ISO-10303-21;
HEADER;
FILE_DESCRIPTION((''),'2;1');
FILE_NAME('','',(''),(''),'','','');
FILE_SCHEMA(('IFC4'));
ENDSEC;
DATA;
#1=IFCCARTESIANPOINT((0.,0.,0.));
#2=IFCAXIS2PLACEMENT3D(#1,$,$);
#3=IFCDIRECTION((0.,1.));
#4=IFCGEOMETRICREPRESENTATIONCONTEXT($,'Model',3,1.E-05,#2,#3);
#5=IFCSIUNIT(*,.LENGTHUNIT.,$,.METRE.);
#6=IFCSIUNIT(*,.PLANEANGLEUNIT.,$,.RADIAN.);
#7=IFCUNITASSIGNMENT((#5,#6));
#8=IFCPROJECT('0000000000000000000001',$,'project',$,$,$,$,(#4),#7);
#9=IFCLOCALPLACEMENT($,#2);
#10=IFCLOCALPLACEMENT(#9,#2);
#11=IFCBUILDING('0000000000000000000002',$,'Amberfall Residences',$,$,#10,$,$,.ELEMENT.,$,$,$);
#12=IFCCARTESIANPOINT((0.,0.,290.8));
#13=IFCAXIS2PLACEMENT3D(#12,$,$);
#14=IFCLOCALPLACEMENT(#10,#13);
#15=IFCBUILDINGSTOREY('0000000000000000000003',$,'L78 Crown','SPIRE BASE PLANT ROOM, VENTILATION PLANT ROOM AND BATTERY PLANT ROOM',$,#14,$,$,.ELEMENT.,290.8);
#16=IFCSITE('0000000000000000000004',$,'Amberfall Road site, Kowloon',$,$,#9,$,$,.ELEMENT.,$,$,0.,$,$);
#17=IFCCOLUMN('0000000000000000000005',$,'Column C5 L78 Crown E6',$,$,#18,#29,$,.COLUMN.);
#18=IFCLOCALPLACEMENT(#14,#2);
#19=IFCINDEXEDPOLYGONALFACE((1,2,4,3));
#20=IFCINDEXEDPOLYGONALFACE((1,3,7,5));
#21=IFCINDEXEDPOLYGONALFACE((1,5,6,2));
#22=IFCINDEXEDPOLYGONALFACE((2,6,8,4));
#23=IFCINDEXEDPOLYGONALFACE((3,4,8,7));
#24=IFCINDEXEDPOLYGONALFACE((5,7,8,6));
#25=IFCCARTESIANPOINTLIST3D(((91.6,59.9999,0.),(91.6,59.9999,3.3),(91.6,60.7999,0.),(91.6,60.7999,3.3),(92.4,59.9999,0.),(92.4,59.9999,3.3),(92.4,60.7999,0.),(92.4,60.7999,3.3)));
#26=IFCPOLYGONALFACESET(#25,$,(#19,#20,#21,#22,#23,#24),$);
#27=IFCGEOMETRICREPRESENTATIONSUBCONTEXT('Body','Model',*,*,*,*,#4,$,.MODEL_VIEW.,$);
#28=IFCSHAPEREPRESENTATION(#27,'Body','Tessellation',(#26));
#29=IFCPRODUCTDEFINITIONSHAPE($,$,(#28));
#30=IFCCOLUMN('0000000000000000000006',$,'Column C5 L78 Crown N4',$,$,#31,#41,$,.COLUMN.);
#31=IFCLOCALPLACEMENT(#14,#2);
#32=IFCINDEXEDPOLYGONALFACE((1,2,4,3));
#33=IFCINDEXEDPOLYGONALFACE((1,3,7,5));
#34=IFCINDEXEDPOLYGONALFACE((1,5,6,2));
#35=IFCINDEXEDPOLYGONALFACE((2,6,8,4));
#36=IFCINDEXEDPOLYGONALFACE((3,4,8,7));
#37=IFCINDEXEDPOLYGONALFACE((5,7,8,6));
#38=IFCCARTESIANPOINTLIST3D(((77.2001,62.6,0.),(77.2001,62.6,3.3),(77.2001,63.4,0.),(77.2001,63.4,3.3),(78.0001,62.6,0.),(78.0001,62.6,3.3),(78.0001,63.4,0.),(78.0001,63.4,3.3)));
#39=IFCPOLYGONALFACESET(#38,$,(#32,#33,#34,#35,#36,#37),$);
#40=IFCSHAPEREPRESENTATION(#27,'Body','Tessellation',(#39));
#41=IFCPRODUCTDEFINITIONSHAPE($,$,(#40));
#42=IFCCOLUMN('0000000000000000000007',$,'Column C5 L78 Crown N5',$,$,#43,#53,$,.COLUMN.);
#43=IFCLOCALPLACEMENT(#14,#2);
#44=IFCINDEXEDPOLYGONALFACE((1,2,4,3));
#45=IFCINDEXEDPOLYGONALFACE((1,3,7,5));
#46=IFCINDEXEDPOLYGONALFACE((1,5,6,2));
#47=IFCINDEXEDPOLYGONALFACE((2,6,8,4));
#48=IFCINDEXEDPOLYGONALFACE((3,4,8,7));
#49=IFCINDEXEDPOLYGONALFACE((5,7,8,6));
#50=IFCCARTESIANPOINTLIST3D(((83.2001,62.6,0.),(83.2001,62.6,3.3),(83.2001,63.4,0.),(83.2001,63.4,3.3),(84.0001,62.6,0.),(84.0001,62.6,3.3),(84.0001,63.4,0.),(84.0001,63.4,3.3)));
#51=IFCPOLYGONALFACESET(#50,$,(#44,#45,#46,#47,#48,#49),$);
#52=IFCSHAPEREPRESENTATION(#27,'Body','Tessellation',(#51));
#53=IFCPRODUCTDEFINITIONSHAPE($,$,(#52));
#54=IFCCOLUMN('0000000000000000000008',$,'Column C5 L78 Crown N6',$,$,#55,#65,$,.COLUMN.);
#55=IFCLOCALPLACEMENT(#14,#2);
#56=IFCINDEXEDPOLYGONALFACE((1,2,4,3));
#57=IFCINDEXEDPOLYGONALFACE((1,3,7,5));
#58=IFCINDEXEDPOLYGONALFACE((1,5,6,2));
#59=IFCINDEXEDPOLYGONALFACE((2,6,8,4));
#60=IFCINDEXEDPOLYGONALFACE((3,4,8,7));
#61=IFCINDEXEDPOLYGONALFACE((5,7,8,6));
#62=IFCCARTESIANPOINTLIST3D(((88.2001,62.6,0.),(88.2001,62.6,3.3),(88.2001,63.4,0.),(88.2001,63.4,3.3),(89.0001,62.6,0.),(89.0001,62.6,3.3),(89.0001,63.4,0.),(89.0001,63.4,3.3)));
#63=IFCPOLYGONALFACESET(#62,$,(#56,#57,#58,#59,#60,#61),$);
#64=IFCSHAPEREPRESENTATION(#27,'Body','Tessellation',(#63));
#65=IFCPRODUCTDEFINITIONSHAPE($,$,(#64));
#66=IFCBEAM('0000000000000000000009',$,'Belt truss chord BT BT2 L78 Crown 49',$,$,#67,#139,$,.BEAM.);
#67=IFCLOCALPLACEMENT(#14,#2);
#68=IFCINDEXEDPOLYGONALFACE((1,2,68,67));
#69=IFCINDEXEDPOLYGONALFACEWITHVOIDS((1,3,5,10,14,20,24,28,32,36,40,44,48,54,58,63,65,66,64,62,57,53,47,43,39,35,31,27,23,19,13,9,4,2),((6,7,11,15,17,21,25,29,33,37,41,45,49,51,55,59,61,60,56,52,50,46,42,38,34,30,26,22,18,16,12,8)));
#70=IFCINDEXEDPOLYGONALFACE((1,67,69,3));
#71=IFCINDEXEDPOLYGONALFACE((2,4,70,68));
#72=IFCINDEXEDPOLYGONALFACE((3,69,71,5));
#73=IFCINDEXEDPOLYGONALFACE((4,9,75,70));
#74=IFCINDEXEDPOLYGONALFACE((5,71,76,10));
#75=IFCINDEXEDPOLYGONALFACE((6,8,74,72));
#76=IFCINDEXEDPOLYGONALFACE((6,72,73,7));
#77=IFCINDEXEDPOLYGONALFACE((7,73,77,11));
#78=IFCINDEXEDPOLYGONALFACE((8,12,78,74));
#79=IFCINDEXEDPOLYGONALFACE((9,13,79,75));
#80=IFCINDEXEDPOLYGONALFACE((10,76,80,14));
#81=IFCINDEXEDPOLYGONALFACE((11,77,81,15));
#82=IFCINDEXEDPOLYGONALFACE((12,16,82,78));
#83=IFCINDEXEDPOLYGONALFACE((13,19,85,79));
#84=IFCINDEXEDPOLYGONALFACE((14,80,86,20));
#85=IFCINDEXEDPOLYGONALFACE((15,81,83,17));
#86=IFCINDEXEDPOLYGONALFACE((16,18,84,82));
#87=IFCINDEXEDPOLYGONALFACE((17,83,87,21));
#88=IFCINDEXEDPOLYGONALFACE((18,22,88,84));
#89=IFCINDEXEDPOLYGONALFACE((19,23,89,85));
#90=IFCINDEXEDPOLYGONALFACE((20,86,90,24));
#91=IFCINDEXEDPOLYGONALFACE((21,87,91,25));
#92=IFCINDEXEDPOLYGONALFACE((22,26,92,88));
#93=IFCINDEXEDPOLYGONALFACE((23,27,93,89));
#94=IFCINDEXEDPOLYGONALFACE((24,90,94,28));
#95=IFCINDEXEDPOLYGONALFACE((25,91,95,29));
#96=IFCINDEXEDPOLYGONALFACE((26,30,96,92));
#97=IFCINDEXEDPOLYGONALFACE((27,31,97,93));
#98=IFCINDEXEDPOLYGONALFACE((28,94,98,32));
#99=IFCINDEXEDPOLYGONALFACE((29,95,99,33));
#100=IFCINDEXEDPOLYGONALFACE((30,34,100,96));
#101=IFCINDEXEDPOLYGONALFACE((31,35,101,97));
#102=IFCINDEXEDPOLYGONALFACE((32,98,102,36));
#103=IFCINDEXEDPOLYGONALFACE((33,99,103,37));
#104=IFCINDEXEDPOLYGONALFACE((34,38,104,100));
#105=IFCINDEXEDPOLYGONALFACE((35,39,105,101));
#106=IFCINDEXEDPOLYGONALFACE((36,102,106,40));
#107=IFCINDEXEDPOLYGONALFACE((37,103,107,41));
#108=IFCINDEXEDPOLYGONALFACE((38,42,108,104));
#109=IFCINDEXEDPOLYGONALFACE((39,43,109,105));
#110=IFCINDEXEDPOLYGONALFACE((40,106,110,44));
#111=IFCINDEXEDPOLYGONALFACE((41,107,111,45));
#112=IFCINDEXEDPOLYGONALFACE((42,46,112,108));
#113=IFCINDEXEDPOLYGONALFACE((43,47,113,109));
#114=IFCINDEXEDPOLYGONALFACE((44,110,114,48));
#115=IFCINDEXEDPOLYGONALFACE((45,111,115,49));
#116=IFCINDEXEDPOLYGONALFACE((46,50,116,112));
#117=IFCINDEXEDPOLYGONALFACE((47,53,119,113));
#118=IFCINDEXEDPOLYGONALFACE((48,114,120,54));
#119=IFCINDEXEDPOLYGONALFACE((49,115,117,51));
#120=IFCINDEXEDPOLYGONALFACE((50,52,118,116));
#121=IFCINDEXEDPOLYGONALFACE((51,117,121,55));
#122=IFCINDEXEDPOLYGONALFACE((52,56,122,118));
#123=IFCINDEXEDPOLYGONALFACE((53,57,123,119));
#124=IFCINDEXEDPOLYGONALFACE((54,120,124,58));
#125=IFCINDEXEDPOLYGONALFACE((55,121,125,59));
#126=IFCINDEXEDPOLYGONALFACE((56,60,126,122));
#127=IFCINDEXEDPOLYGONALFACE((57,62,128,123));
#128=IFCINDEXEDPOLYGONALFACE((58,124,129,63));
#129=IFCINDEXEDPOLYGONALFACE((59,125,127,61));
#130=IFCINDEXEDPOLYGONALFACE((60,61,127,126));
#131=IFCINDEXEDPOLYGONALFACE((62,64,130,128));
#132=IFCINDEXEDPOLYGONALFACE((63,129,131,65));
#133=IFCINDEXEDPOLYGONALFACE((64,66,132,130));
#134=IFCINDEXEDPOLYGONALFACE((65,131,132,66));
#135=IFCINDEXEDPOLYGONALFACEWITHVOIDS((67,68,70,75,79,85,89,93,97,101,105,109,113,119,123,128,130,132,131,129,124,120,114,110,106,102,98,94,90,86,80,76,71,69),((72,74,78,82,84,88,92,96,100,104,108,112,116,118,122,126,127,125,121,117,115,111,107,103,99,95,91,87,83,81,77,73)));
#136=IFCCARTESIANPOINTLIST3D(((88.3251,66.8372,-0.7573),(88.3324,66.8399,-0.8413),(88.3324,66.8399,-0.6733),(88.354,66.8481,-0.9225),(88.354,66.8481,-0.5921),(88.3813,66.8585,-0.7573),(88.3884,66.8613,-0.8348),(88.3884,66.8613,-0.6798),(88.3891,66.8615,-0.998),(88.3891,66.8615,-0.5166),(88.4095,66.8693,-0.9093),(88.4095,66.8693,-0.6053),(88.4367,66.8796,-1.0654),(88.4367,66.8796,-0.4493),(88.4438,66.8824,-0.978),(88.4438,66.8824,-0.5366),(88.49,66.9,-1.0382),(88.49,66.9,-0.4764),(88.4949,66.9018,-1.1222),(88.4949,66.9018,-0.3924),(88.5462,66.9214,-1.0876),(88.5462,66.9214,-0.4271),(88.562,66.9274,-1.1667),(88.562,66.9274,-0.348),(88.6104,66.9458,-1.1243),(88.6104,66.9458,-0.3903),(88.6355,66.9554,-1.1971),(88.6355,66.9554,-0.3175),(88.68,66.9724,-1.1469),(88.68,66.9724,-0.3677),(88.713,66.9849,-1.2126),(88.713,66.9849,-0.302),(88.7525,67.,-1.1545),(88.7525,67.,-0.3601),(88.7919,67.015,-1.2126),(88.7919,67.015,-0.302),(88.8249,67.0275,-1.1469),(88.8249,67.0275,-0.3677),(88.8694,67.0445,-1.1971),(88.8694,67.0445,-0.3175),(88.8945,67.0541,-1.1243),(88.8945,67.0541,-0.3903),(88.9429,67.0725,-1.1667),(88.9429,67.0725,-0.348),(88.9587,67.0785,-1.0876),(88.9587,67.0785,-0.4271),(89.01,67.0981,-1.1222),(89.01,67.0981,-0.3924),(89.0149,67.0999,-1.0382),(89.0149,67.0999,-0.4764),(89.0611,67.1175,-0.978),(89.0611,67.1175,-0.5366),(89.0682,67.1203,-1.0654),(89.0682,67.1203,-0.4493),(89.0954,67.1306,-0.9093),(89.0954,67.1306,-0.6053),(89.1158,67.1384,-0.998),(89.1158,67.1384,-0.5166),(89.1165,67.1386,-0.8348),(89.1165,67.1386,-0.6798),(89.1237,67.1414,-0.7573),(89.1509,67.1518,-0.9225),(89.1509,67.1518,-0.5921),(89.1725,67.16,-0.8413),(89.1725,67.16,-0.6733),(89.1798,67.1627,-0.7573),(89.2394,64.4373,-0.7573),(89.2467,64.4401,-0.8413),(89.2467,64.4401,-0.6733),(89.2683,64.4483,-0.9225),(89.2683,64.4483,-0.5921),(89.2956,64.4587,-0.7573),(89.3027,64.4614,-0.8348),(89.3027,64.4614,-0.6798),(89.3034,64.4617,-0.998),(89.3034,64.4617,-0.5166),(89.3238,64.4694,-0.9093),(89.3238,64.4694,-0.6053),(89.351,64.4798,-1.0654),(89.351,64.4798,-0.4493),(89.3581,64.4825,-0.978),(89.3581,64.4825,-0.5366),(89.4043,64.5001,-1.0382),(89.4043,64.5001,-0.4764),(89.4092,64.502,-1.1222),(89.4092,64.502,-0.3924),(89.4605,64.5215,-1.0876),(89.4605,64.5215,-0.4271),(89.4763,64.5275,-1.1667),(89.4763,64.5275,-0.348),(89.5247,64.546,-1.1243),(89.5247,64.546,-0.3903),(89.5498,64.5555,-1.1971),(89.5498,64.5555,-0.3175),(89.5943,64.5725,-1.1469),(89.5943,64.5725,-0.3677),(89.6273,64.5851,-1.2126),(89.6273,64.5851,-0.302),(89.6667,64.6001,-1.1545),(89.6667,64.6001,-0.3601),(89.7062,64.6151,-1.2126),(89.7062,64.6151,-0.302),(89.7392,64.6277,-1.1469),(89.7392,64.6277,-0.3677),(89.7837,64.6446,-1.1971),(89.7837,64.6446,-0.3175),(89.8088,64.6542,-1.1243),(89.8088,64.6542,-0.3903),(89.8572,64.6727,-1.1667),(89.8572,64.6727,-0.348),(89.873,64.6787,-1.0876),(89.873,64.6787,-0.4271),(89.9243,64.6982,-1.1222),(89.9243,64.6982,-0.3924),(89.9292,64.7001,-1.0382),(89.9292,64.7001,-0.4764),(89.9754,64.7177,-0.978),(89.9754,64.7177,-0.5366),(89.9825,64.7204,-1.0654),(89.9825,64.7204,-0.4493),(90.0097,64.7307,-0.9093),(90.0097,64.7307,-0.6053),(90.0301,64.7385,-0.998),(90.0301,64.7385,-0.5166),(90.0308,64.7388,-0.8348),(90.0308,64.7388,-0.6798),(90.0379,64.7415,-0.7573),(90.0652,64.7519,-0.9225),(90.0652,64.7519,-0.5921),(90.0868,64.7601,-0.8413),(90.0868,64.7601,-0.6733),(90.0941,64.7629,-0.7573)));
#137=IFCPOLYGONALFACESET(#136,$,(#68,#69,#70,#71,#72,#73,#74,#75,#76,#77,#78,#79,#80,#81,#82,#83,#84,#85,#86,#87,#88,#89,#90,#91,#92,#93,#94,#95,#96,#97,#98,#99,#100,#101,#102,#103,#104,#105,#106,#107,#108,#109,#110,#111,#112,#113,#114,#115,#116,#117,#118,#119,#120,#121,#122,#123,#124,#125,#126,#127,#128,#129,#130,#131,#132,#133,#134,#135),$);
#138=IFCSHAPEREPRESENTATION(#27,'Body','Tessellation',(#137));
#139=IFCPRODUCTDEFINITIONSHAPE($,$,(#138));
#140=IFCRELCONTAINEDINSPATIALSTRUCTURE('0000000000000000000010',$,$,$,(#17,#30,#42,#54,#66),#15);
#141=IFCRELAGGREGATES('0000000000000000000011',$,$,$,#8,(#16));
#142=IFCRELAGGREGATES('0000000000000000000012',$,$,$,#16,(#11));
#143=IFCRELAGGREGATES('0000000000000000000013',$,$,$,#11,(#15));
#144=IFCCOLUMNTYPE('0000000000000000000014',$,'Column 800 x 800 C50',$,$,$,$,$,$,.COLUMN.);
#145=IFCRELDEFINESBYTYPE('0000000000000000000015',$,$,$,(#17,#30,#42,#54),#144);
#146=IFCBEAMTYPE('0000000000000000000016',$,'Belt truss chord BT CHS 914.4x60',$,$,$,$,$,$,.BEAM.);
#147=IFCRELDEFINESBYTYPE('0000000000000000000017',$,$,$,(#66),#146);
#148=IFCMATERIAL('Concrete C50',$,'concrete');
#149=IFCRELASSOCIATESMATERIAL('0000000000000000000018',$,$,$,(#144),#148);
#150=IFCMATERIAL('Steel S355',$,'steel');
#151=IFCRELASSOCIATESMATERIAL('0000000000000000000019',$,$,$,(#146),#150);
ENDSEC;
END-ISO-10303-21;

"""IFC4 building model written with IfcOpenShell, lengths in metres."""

from ifc_helpers import new_model, si_unit, direction, frame, origin, origin_2d, place, context, subcontext, project, spatial, rectangle, hollow_circle, extrude, material, material_profile, profile_set, type_object, element, save


model = new_model("IFC4")

# Units and contexts
model_context = context("Model", 3, precision=1e-05, world=origin(), true_north=direction((0.0, 1.0)))
body_context = subcontext(model_context, "Body", "Model", "MODEL_VIEW")
ifc_project = project(units=[si_unit("LENGTHUNIT", "METRE"), si_unit("PLANEANGLEUNIT", "RADIAN")], contexts=[model_context])

# Site, building, storey
site_placement = place(None, origin())
site = spatial("IfcSite", under=ifc_project, at=site_placement, Name="Amberfall Road site, Kowloon", CompositionType="ELEMENT", RefElevation=0.0)
building_placement = place(site_placement, origin())
building = spatial("IfcBuilding", under=site, at=building_placement, Name="Amberfall Residences", CompositionType="ELEMENT")
storey_placement = place(building_placement, frame((0.0, 0.0, 290.8)))
storey = spatial("IfcBuildingStorey", under=building, at=storey_placement, Name="L78 Crown", Description="SPIRE BASE PLANT ROOM, VENTILATION PLANT ROOM AND BATTERY PLANT ROOM", CompositionType="ELEMENT", Elevation=290.8)

# Columns
ifc_material_1 = material(Name="Concrete C50", Category="concrete")
ifc_material_profile_1 = material_profile(ifc_material_1, rectangle(XDim=0.8, YDim=0.8, at=origin_2d()), Name="Column 800 x 800 C50")
ifc_profile_set_1 = profile_set([ifc_material_profile_1], Name="Concrete C50")
column_type = type_object("IfcColumnType", Name="Column 800 x 800 C50", PredefinedType="COLUMN", material=ifc_profile_set_1)
for number, where, z_axis, x_axis, name in (
    (1, (92.0, 60.3999, 0.0), (0.0, 0.0, 1.0), (1.0, 0.0, 0.0), "Column C5 L78 Crown E6"),
    (2, (77.6001, 63.0, 0.0), (0.0, 0.0, 1.0), (1.0, 0.0, 0.0), "Column C5 L78 Crown N4"),
    (3, (83.6001, 63.0, 0.0), (0.0, 0.0, 1.0), (1.0, 0.0, 0.0), "Column C5 L78 Crown N5"),
    (4, (88.6001, 63.0, 0.0), (0.0, 0.0, 1.0), (1.0, 0.0, 0.0), "Column C5 L78 Crown N6"),
):
    element("IfcColumn", number, at=place(storey_placement, frame(where, z_axis=z_axis, x_axis=x_axis)), inside=storey, type_object=column_type, Name=name, PredefinedType="COLUMN", context=body_context, shape_type="SweptSolid", body=[
        extrude(rectangle(XDim=0.8, YDim=0.8, at=origin_2d()), origin(), (0.0, 0.0, 1.0), 3.3),
    ])

# Beam
ifc_material_2 = material(Name="Steel S355", Category="steel")
ifc_material_profile_2 = material_profile(ifc_material_2, hollow_circle(Radius=0.4573, WallThickness=0.0601, at=origin_2d()), Name="CHS 914.4x60")
ifc_profile_set_2 = profile_set([ifc_material_profile_2], Name="Steel S355")
beam_type_1 = type_object("IfcBeamType", Name="Belt truss chord BT CHS 914.4x60", PredefinedType="BEAM", material=ifc_profile_set_2)
beam_1_placement = place(storey_placement, frame((89.6667, 64.6001, -0.7573), z_axis=(-0.356015, 0.93448, 0.0), x_axis=(-0.93448, -0.356015, 0.0)))
element("IfcBeam", 5, at=beam_1_placement, inside=storey, type_object=beam_type_1, Name="Belt truss chord BT BT2 L78 Crown 49", PredefinedType="BEAM", context=body_context, shape_type="SweptSolid", body=[
    extrude(hollow_circle(Radius=0.4573, WallThickness=0.0601, at=origin_2d()), origin(), (0.0, 0.0, 1.0), 2.5681),
])

save(model, "model.ifc")
